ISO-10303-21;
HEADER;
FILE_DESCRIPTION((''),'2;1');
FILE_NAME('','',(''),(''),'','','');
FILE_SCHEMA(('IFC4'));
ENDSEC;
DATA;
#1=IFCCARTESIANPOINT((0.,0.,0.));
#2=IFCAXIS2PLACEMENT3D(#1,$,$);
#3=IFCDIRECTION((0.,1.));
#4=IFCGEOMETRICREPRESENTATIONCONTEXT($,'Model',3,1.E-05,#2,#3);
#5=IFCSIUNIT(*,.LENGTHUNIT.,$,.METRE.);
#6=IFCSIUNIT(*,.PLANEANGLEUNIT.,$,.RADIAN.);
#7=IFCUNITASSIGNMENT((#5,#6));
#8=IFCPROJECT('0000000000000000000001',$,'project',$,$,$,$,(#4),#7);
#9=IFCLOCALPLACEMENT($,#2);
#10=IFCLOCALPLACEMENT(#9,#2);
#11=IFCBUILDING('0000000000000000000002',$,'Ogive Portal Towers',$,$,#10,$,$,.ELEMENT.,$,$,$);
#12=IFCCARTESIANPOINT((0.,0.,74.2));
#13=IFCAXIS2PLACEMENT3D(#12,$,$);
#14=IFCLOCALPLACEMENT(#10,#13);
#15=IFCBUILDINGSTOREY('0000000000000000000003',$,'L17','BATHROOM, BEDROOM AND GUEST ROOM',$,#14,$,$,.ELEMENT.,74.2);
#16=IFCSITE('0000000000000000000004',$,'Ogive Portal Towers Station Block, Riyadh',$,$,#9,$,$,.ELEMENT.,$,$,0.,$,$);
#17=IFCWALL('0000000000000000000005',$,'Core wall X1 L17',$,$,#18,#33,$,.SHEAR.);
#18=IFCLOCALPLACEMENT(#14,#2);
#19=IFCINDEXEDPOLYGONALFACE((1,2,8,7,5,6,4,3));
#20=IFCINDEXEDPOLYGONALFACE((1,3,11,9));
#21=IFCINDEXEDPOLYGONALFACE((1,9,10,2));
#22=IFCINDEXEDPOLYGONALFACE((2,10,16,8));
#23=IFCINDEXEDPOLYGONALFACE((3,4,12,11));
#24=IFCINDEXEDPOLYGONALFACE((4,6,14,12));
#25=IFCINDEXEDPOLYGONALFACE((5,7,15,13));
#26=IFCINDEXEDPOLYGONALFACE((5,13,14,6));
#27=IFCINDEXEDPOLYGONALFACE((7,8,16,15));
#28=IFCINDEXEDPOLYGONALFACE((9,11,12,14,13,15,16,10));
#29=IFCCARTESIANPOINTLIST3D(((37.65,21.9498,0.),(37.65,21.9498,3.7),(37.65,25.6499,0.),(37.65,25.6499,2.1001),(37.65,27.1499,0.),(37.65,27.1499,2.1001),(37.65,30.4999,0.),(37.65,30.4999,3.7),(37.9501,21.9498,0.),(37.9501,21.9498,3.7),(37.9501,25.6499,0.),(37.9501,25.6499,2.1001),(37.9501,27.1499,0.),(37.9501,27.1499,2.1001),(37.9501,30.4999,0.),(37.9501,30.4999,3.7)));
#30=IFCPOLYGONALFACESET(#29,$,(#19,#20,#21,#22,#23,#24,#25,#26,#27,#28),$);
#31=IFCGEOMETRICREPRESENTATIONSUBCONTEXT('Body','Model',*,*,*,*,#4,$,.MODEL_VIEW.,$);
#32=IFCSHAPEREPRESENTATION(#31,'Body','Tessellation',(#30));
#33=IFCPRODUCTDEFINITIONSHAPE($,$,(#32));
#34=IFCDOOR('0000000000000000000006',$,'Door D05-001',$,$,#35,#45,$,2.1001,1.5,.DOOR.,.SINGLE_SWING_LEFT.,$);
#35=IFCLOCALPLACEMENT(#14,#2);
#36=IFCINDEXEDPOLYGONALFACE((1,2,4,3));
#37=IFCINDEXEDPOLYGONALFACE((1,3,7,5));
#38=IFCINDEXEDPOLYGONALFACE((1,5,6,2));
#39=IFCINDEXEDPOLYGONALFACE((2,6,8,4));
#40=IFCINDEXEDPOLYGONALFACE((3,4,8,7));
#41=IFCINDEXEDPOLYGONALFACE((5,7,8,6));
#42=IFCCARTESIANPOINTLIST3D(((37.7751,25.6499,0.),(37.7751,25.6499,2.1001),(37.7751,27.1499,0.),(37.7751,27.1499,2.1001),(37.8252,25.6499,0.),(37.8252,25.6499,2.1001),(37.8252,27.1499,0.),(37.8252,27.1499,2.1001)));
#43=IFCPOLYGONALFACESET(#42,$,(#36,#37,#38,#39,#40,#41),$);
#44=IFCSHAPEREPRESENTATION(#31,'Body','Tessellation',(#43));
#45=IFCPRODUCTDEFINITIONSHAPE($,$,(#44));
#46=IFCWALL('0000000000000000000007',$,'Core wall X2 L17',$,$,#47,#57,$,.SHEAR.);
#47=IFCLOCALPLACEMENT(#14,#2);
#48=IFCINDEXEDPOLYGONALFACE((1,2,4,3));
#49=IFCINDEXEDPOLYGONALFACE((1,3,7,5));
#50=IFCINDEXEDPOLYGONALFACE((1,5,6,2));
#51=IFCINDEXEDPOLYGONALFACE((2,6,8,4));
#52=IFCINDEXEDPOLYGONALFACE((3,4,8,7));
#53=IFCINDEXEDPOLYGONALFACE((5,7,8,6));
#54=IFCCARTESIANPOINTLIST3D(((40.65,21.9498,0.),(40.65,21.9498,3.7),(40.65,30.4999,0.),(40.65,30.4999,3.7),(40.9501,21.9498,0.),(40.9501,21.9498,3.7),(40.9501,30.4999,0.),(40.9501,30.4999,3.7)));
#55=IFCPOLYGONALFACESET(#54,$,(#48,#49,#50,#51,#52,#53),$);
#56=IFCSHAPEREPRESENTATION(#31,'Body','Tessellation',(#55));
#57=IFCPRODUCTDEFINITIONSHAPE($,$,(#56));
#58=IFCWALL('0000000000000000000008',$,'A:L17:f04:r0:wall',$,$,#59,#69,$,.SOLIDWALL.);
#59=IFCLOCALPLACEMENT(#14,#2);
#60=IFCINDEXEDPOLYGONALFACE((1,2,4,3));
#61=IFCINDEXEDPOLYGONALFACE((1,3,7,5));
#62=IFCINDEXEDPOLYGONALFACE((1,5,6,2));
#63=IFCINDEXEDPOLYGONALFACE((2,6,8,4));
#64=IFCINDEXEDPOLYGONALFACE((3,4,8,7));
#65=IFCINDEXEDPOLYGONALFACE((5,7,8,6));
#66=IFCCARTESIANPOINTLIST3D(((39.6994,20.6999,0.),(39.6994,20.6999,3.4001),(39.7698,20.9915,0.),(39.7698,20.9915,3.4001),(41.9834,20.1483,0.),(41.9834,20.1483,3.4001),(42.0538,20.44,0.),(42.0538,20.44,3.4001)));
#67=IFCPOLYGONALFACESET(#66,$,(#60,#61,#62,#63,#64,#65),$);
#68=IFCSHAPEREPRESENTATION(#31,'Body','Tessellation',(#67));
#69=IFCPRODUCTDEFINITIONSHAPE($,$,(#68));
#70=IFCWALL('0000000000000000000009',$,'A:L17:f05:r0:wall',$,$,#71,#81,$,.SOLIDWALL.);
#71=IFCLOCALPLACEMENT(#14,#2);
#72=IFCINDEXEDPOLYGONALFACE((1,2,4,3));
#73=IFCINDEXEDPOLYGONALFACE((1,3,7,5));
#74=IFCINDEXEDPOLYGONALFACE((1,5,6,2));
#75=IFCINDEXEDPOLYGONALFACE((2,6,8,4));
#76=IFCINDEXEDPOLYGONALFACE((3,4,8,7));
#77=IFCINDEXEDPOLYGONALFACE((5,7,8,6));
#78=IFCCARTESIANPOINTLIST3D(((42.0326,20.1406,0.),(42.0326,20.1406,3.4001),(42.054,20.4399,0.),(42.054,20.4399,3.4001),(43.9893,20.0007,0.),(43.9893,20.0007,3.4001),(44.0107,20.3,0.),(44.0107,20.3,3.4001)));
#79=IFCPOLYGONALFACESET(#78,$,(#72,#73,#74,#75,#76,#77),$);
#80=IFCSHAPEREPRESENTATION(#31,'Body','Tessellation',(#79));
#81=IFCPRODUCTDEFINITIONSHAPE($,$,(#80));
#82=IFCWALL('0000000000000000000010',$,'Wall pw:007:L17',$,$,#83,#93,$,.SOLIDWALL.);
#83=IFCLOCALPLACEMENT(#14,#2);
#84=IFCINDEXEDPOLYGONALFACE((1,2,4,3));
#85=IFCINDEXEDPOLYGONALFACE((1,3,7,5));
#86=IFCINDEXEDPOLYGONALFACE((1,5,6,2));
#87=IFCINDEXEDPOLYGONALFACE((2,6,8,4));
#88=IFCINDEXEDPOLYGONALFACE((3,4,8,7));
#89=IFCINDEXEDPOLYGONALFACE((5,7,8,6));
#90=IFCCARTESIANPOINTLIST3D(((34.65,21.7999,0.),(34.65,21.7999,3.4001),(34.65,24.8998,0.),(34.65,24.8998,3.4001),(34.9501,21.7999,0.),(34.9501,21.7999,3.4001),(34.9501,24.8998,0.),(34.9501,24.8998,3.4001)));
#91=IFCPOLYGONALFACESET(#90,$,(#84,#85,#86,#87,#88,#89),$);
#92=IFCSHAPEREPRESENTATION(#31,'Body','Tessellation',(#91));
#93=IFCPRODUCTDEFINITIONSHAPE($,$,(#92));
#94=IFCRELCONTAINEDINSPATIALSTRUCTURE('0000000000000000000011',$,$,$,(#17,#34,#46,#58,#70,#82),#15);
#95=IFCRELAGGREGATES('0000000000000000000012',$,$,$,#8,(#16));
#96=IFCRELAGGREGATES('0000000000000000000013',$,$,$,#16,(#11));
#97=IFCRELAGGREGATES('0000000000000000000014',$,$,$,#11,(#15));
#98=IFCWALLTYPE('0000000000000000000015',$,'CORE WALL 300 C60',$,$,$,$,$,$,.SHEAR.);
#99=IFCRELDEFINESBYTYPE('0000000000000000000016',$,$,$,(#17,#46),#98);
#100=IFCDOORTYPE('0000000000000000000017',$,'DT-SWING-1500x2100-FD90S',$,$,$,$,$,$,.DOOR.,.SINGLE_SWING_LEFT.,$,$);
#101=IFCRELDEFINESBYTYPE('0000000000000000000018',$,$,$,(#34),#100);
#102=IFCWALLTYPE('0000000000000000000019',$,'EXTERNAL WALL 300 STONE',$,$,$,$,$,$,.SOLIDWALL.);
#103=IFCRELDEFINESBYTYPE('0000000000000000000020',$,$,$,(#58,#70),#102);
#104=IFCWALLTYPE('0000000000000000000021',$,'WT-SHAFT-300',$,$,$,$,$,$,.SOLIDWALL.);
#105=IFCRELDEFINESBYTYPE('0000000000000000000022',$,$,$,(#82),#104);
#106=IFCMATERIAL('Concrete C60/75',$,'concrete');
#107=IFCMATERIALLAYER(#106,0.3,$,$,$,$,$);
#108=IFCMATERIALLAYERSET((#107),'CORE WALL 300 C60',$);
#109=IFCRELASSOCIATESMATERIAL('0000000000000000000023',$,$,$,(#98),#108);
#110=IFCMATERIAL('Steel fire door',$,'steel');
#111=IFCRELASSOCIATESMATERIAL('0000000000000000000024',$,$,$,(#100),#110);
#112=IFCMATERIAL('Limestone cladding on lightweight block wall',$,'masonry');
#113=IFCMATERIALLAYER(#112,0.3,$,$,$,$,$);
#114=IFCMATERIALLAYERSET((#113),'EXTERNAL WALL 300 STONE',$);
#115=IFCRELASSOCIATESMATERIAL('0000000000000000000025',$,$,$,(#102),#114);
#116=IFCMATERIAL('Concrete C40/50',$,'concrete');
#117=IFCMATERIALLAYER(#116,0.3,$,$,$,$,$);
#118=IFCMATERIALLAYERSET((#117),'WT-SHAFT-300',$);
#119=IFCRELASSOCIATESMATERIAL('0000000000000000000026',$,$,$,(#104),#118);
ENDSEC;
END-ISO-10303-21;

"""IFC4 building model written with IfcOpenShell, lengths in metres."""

from ifc_helpers import new_model, si_unit, direction, frame, frame_2d, origin, place, context, subcontext, project, spatial, rectangle, extrude, material, layer, layer_set, type_object, element, fill, save


model = new_model("IFC4")

# Units and contexts
model_context = context("Model", 3, precision=1e-05, world=origin(), true_north=direction((0.0, 1.0)))
body_context = subcontext(model_context, "Body", "Model", "MODEL_VIEW")
ifc_project = project(units=[si_unit("LENGTHUNIT", "METRE"), si_unit("PLANEANGLEUNIT", "RADIAN")], contexts=[model_context])

# Site, building, storey
site_placement = place(None, origin())
site = spatial("IfcSite", under=ifc_project, at=site_placement, Name="Ogive Portal Towers Station Block, Riyadh", CompositionType="ELEMENT", RefElevation=0.0)
building_placement = place(site_placement, origin())
building = spatial("IfcBuilding", under=site, at=building_placement, Name="Ogive Portal Towers", CompositionType="ELEMENT")
storey_placement = place(building_placement, frame((0.0, 0.0, 74.2)))
storey = spatial("IfcBuildingStorey", under=building, at=storey_placement, Name="L17", Description="BATHROOM, BEDROOM AND GUEST ROOM", CompositionType="ELEMENT", Elevation=74.2)

# Wall, opening, door
ifc_material_1 = material(Name="Concrete C60/75", Category="concrete")
ifc_layer_1 = layer(ifc_material_1, 0.3)
ifc_layer_set_1 = layer_set([ifc_layer_1], Name="CORE WALL 300 C60")
wall_type_1 = type_object("IfcWallType", Name="CORE WALL 300 C60", PredefinedType="SHEAR", material=ifc_layer_set_1)
wall_1_placement = place(storey_placement, frame((37.8, 21.95, 0.0), z_axis=(0.0, 0.0, 1.0), x_axis=(0.0, 1.0, 0.0)))
wall_1 = element("IfcWall", 1, at=wall_1_placement, inside=storey, type_object=wall_type_1, Name="Core wall X1 L17", PredefinedType="SHEAR", context=body_context, shape_type="SweptSolid", body=[
    extrude(rectangle(XDim=8.55, YDim=0.3, at=frame_2d((4.2749, 0.0))), origin(), (0.0, 0.0, 1.0), 3.7),
])
opening_1_placement = place(wall_1_placement, frame((3.7, 0.0, 0.0)))
opening_1 = element("IfcOpeningElement", 2, at=opening_1_placement, cuts=wall_1, PredefinedType="OPENING", context=body_context, shape_type="SweptSolid", body=[
    extrude(rectangle(XDim=1.5, YDim=2.1001, at=frame_2d((0.75, 1.05))), frame((0.0, 0.1602, 0.0), z_axis=(0.0, -1.0, 0.0), x_axis=(1.0, 0.0, 0.0)), (0.0, 0.0, 1.0), 0.3201),
])
ifc_material_2 = material(Name="Steel fire door", Category="steel")
door_type = type_object("IfcDoorType", Name="DT-SWING-1500x2100-FD90S", OperationType="SINGLE_SWING_LEFT", PredefinedType="DOOR", material=ifc_material_2)
door_placement = place(opening_1_placement, origin())
door = element("IfcDoor", 3, at=door_placement, inside=storey, type_object=door_type, Name="Door D05-001", OperationType="SINGLE_SWING_LEFT", OverallHeight=2.1001, OverallWidth=1.5, PredefinedType="DOOR", context=body_context, shape_type="SweptSolid", body=[
    extrude(rectangle(XDim=1.5, YDim=2.1001, at=frame_2d((0.75, 1.05))), frame((0.0, 0.0249, 0.0), z_axis=(0.0, -1.0, 0.0), x_axis=(1.0, 0.0, 0.0)), (0.0, 0.0, 1.0), 0.05),
])
fill(opening_1, door)

# Walls
wall_2_placement = place(storey_placement, frame((40.8, 21.95, 0.0), z_axis=(0.0, 0.0, 1.0), x_axis=(0.0, 1.0, 0.0)))
element("IfcWall", 4, at=wall_2_placement, inside=storey, type_object=wall_type_1, Name="Core wall X2 L17", PredefinedType="SHEAR", context=body_context, shape_type="SweptSolid", body=[
    extrude(rectangle(XDim=8.55, YDim=0.3, at=frame_2d((4.2749, 0.0))), origin(), (0.0, 0.0, 1.0), 3.7),
])
ifc_material_3 = material(Name="Limestone cladding on lightweight block wall", Category="masonry")
ifc_layer_2 = layer(ifc_material_3, 0.3)
ifc_layer_set_2 = layer_set([ifc_layer_2], Name="EXTERNAL WALL 300 STONE")
wall_type_2 = type_object("IfcWallType", Name="EXTERNAL WALL 300 STONE", PredefinedType="SOLIDWALL", material=ifc_layer_set_2)
wall_3_placement = place(storey_placement, frame((39.7346, 20.8457, 0.0), z_axis=(0.0, 0.0, 1.0), x_axis=(0.972061, -0.234729, 0.0)))
element("IfcWall", 5, at=wall_3_placement, inside=storey, type_object=wall_type_2, Name="A:L17:f04:r0:wall", PredefinedType="SOLIDWALL", context=body_context, shape_type="SweptSolid", body=[
    extrude(rectangle(XDim=2.3496, YDim=0.3, at=frame_2d((1.1748, 0.0))), origin(), (0.0, 0.0, 1.0), 3.4001),
])
wall_4_placement = place(storey_placement, frame((42.0432, 20.2903, 0.0), z_axis=(0.0, 0.0, 1.0), x_axis=(0.997454, -0.071309, 0.0)))
element("IfcWall", 6, at=wall_4_placement, inside=storey, type_object=wall_type_2, Name="A:L17:f05:r0:wall", PredefinedType="SOLIDWALL", context=body_context, shape_type="SweptSolid", body=[
    extrude(rectangle(XDim=1.9617, YDim=0.3, at=frame_2d((0.981, 0.0))), origin(), (0.0, 0.0, 1.0), 3.4001),
])

# Wall
ifc_material_4 = material(Name="Concrete C40/50", Category="concrete")
ifc_layer_3 = layer(ifc_material_4, 0.3)
ifc_layer_set_3 = layer_set([ifc_layer_3], Name="WT-SHAFT-300")
wall_type_3 = type_object("IfcWallType", Name="WT-SHAFT-300", PredefinedType="SOLIDWALL", material=ifc_layer_set_3)
wall_5_placement = place(storey_placement, frame((34.8, 21.8, 0.0), z_axis=(0.0, 0.0, 1.0), x_axis=(0.0, 1.0, 0.0)))
element("IfcWall", 7, at=wall_5_placement, inside=storey, type_object=wall_type_3, Name="Wall pw:007:L17", PredefinedType="SOLIDWALL", context=body_context, shape_type="SweptSolid", body=[
    extrude(rectangle(XDim=3.0999, YDim=0.3, at=frame_2d((1.5498, 0.0))), origin(), (0.0, 0.0, 1.0), 3.4001),
])

save(model, "model.ifc")
